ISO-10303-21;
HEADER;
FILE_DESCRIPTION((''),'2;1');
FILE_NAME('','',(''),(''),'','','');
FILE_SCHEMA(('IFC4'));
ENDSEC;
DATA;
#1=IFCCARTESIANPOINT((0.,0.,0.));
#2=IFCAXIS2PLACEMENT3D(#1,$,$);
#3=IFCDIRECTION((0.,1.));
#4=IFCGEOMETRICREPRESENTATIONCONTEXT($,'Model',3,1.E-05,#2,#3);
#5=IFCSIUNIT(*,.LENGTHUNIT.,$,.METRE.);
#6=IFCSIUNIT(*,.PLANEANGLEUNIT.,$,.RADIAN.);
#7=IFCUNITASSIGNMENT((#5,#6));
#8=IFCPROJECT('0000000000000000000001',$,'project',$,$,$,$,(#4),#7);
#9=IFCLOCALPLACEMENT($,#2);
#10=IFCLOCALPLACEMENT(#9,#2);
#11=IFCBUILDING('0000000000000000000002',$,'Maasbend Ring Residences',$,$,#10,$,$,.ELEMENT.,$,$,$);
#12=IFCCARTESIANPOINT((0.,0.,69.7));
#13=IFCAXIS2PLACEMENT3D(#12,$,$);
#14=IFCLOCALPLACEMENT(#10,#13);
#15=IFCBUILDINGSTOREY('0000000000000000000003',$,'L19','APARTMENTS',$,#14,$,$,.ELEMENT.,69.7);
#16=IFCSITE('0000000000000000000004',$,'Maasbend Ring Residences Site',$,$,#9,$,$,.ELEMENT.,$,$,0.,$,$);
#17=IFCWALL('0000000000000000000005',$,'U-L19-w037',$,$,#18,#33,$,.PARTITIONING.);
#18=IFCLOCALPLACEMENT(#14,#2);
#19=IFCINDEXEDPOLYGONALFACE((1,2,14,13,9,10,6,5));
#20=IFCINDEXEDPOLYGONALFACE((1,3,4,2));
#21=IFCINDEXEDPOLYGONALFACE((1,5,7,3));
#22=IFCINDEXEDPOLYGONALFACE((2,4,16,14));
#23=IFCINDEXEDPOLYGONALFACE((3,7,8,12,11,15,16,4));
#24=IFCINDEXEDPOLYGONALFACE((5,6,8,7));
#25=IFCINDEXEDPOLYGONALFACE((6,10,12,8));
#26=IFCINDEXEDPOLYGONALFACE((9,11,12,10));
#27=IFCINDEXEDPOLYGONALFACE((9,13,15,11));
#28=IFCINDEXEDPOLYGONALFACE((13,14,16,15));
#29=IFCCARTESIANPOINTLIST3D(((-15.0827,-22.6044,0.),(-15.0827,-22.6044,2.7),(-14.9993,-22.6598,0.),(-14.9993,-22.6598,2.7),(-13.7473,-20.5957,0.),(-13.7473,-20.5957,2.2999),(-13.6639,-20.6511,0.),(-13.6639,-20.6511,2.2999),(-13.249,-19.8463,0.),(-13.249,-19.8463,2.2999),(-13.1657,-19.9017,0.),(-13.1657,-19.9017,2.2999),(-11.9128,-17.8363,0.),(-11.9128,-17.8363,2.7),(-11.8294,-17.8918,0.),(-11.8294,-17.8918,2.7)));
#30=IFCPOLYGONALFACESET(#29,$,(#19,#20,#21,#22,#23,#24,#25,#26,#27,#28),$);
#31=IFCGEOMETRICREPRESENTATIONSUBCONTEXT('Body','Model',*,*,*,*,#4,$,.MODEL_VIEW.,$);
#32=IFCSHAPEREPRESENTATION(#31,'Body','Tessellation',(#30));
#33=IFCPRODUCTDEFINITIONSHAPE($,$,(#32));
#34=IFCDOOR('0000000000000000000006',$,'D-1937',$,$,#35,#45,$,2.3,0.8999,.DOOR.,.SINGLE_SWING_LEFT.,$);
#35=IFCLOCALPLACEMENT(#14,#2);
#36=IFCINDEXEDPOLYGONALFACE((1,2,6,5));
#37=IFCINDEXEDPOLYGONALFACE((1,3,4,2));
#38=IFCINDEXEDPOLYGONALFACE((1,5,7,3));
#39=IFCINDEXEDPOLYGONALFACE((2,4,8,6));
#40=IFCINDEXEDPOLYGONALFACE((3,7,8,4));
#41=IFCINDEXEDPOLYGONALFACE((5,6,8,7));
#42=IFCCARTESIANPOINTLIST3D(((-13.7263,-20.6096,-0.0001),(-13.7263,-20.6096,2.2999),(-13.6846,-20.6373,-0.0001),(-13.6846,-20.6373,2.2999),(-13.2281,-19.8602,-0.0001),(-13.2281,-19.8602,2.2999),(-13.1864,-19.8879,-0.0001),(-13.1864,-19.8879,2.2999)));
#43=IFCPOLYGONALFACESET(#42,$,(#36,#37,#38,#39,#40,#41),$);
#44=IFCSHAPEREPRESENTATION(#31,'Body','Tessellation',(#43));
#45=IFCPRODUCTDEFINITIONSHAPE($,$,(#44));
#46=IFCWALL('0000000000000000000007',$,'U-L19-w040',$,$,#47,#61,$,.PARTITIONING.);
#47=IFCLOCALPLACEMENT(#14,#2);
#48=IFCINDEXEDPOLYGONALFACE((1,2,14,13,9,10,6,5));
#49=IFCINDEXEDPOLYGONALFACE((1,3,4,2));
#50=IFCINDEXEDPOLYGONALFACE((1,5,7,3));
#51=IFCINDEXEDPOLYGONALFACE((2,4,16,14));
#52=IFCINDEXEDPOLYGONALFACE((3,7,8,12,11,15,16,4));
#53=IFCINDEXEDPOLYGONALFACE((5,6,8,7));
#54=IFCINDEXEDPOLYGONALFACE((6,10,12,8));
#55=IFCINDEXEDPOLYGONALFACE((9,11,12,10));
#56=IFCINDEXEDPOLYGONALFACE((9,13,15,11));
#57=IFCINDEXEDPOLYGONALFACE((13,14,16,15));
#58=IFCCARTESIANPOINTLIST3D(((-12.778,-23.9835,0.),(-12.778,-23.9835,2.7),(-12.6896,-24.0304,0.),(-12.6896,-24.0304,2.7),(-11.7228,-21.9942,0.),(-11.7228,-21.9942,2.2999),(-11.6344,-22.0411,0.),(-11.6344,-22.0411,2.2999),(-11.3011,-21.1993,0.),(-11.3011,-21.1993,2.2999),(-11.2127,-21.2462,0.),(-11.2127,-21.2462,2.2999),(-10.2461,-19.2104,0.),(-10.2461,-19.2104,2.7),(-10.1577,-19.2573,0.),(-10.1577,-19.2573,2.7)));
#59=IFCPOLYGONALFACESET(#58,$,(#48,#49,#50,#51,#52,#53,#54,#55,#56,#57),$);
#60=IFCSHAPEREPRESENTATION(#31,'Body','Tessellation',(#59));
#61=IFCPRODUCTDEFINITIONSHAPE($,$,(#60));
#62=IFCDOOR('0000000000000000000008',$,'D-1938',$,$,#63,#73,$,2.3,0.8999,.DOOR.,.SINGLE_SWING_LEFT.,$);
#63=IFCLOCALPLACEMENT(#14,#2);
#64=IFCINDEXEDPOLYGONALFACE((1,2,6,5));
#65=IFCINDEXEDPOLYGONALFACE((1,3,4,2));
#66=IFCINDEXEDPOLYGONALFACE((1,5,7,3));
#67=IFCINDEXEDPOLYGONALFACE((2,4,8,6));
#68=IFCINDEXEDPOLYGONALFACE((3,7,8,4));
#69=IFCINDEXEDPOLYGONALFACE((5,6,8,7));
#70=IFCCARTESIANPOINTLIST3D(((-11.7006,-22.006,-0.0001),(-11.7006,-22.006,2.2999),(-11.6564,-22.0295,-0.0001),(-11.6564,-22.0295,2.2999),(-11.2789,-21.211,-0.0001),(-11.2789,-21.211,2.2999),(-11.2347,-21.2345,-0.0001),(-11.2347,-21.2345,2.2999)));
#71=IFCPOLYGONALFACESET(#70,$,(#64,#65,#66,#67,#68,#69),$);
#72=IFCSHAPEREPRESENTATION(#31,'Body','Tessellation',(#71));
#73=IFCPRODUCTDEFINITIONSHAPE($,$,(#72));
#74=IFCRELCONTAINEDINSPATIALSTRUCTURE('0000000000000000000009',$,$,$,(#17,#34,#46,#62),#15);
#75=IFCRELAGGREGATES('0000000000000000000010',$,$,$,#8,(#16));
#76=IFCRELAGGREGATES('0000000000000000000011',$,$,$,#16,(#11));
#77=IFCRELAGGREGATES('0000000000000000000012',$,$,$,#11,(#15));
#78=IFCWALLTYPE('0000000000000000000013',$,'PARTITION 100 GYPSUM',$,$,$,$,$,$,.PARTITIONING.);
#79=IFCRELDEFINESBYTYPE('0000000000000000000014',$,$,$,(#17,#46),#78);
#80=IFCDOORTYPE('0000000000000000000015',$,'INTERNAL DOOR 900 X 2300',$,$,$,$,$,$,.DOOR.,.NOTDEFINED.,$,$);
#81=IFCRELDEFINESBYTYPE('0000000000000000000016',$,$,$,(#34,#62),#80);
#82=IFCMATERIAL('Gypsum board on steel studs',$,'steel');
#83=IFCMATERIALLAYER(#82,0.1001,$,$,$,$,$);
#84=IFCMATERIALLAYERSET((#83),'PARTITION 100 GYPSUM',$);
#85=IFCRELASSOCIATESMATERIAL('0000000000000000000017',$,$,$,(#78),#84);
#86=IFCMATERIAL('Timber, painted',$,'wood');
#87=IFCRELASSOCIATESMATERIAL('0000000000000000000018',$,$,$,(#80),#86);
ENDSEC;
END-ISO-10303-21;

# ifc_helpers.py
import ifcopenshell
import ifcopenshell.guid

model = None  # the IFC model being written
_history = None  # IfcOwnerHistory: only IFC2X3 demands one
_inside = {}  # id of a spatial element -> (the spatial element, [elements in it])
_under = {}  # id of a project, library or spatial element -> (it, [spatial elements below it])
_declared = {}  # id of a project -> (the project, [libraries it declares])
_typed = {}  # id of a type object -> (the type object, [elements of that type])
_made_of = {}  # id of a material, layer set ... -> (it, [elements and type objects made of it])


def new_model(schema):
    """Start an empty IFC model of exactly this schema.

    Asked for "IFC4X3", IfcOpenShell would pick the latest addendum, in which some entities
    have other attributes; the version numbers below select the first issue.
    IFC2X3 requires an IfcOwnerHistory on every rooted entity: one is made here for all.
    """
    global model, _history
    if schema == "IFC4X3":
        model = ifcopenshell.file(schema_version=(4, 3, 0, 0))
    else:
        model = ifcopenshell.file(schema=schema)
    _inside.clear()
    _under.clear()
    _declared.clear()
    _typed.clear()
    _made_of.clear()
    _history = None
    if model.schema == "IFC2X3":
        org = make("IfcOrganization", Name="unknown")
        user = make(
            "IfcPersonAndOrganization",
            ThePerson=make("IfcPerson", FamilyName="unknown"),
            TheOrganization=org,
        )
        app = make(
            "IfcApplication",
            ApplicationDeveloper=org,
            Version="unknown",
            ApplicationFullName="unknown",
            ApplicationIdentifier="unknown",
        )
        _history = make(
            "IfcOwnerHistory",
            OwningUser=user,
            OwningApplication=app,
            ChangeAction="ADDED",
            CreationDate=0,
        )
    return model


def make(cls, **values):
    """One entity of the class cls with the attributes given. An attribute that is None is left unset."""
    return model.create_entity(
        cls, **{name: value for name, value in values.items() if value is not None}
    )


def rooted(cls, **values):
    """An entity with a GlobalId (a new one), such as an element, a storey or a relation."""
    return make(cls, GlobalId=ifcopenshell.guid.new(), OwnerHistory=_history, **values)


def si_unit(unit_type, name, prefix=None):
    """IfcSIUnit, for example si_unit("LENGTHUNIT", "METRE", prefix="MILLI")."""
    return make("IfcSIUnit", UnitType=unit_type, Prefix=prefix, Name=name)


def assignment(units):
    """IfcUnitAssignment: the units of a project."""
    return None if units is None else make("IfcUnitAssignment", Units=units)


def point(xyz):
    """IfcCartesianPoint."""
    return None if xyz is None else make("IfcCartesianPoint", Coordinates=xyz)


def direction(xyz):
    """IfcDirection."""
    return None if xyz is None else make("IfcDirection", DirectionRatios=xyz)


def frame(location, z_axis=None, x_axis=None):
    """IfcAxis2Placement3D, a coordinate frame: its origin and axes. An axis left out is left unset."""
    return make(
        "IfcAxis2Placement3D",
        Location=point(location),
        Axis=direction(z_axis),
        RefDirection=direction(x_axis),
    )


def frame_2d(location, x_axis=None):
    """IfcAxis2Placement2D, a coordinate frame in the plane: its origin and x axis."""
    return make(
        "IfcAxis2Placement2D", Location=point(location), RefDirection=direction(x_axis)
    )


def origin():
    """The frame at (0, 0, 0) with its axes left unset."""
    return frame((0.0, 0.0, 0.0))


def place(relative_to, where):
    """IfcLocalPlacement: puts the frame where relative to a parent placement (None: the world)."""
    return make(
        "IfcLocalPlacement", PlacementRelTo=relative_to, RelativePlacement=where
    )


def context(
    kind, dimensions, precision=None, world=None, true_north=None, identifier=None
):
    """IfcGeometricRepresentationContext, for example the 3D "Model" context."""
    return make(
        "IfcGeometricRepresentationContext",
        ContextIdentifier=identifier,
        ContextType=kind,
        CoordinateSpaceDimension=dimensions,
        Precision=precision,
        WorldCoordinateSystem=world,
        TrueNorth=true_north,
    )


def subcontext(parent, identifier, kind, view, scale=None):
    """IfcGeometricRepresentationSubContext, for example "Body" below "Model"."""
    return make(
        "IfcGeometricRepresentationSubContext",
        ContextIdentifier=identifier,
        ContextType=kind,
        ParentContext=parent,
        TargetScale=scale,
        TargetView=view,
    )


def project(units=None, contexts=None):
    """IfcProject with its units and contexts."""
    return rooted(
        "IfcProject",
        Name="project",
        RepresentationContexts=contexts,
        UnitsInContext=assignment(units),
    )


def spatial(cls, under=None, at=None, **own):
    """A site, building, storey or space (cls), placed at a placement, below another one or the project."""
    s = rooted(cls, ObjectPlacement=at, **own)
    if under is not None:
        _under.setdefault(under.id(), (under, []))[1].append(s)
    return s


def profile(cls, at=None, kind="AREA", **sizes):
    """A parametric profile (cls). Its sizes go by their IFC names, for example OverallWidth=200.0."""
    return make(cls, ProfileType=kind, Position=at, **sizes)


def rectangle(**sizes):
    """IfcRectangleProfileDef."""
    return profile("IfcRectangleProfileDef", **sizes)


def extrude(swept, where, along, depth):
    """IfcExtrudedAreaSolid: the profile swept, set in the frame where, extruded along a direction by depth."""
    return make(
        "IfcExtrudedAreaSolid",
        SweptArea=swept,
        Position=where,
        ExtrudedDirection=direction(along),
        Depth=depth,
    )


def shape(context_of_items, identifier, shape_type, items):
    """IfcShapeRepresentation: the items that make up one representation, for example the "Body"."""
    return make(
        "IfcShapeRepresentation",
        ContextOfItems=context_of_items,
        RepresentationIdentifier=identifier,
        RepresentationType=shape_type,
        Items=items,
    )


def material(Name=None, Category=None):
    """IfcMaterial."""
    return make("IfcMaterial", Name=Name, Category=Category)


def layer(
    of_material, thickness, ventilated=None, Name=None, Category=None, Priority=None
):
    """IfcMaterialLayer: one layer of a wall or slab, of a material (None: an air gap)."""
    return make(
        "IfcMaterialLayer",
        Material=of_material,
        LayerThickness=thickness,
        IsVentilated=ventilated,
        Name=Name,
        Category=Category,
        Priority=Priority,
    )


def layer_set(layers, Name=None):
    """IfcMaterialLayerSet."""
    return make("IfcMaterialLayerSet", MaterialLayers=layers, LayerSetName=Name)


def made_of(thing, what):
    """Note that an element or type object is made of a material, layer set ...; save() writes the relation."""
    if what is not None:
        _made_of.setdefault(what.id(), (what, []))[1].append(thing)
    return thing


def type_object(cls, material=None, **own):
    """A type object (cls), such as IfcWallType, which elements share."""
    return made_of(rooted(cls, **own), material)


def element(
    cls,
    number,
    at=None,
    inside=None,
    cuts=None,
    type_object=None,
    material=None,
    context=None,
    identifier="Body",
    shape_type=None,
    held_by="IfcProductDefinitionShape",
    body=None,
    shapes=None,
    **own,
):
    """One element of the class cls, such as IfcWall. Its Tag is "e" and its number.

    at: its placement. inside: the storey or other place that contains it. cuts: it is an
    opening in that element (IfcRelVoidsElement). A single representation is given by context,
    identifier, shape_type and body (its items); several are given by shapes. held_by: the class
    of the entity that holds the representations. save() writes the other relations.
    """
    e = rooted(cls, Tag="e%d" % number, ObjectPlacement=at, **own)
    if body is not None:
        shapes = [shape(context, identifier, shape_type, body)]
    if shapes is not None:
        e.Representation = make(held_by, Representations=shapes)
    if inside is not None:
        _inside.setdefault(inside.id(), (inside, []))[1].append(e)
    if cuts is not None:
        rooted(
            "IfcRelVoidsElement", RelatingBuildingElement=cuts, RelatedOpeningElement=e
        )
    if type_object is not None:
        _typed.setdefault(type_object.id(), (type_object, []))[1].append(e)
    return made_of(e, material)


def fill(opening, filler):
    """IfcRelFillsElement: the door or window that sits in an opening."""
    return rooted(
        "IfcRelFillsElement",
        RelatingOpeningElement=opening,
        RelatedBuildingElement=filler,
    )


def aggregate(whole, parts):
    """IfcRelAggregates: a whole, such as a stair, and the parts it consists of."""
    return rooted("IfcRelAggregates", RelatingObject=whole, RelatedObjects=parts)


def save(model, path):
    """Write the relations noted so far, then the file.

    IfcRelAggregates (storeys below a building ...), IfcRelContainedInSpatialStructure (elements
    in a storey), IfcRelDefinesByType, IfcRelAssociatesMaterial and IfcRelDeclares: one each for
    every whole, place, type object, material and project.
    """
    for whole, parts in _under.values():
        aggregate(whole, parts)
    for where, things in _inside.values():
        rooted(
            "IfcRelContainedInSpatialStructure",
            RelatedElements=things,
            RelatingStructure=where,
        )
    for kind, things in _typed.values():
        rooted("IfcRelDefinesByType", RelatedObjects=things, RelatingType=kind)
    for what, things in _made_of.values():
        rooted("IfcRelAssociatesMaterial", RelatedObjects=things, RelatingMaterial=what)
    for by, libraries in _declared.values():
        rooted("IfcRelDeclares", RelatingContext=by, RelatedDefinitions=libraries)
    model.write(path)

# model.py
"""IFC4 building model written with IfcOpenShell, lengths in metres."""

from ifc_helpers import new_model, si_unit, direction, frame, frame_2d, origin, place, context, subcontext, project, spatial, rectangle, extrude, material, layer, layer_set, type_object, element, fill, save


model = new_model("IFC4")

# Units and contexts
model_context = context("Model", 3, precision=1e-05, world=origin(), true_north=direction((0.0, 1.0)))
body_context = subcontext(model_context, "Body", "Model", "MODEL_VIEW")
ifc_project = project(units=[si_unit("LENGTHUNIT", "METRE"), si_unit("PLANEANGLEUNIT", "RADIAN")], contexts=[model_context])

# Site, building, storey
site_placement = place(None, origin())
site = spatial("IfcSite", under=ifc_project, at=site_placement, Name="Maasbend Ring Residences Site", CompositionType="ELEMENT", RefElevation=0.0)
building_placement = place(site_placement, origin())
building = spatial("IfcBuilding", under=site, at=building_placement, Name="Maasbend Ring Residences", CompositionType="ELEMENT")
storey_placement = place(building_placement, frame((0.0, 0.0, 69.7)))
storey = spatial("IfcBuildingStorey", under=building, at=storey_placement, Name="L19", Description="APARTMENTS", CompositionType="ELEMENT", Elevation=69.7)

# Shared definitions
ifc_material_1 = material(Name="Gypsum board on steel studs", Category="steel")
ifc_layer_1 = layer(ifc_material_1, 0.1001)
ifc_layer_set_1 = layer_set([ifc_layer_1], Name="PARTITION 100 GYPSUM")
wall_type_1 = type_object("IfcWallType", Name="PARTITION 100 GYPSUM", PredefinedType="PARTITIONING", material=ifc_layer_set_1)

# Walls, openings, doors
wall_1_placement = place(storey_placement, frame((-15.041, -22.6321, 0.0), z_axis=(0.0, 0.0, 1.0), x_axis=(0.553637, 0.832758, 0.0)))
wall_1 = element("IfcWall", 1, at=wall_1_placement, inside=storey, type_object=wall_type_1, Name="U-L19-w037", PredefinedType="PARTITIONING", context=body_context, shape_type="SweptSolid", body=[
    extrude(rectangle(XDim=5.7256, YDim=0.1001, at=frame_2d((2.8628, 0.0))), origin(), (0.0, 0.0, 1.0), 2.7),
])
opening_1_placement = place(wall_1_placement, frame((2.4121, 0.0, 0.0)))
opening_1 = element("IfcOpeningElement", 2, at=opening_1_placement, cuts=wall_1, PredefinedType="OPENING", context=body_context, shape_type="SweptSolid", body=[
    extrude(rectangle(XDim=0.8999, YDim=2.3, at=frame_2d((0.45, 1.1499))), frame((0.0, 0.0601, 0.0), z_axis=(0.0, -1.0, 0.0), x_axis=(1.0, 0.0, 0.0)), (0.0, 0.0, 1.0), 0.1201),
])
ifc_material_2 = material(Name="Timber, painted", Category="wood")
door_type_1 = type_object("IfcDoorType", Name="INTERNAL DOOR 900 X 2300", OperationType="NOTDEFINED", PredefinedType="DOOR", material=ifc_material_2)
door_1_placement = place(opening_1_placement, origin())
door_1 = element("IfcDoor", 3, at=door_1_placement, inside=storey, type_object=door_type_1, Name="D-1937", OperationType="SINGLE_SWING_LEFT", OverallHeight=2.3, OverallWidth=0.8999, PredefinedType="DOOR", context=body_context, shape_type="SweptSolid", body=[
    extrude(rectangle(XDim=0.8999, YDim=2.3, at=frame_2d((0.45, 1.1499))), frame((0.0, 0.0249, 0.0), z_axis=(0.0, -1.0, 0.0), x_axis=(1.0, 0.0, 0.0)), (0.0, 0.0, 1.0), 0.05),
])
fill(opening_1, door_1)
wall_2_placement = place(storey_placement, frame((-12.7339, -24.0071, 0.0), z_axis=(0.0, 0.0, 1.0), x_axis=(0.46861, 0.883405, 0.0)))
wall_2 = element("IfcWall", 4, at=wall_2_placement, inside=storey, type_object=wall_type_1, Name="U-L19-w040", PredefinedType="PARTITIONING", context=body_context, shape_type="SweptSolid", body=[
    extrude(rectangle(XDim=5.4031, YDim=0.1001, at=frame_2d((2.7017, 0.0))), origin(), (0.0, 0.0, 1.0), 2.7),
])
opening_2_placement = place(wall_2_placement, frame((2.252, 0.0, 0.0)))
opening_2 = element("IfcOpeningElement", 5, at=opening_2_placement, cuts=wall_2, PredefinedType="OPENING", context=body_context, shape_type="SweptSolid", body=[
    extrude(rectangle(XDim=0.8999, YDim=2.3, at=frame_2d((0.45, 1.1499))), frame((0.0, 0.0601, 0.0), z_axis=(0.0, -1.0, 0.0), x_axis=(1.0, 0.0, 0.0)), (0.0, 0.0, 1.0), 0.1201),
])
door_2_placement = place(opening_2_placement, origin())
door_2 = element("IfcDoor", 6, at=door_2_placement, inside=storey, type_object=door_type_1, Name="D-1938", OperationType="SINGLE_SWING_LEFT", OverallHeight=2.3, OverallWidth=0.8999, PredefinedType="DOOR", context=body_context, shape_type="SweptSolid", body=[
    extrude(rectangle(XDim=0.8999, YDim=2.3, at=frame_2d((0.45, 1.1499))), frame((0.0, 0.0249, 0.0), z_axis=(0.0, -1.0, 0.0), x_axis=(1.0, 0.0, 0.0)), (0.0, 0.0, 1.0), 0.05),
])
fill(opening_2, door_2)

save(model, "model.ifc")
